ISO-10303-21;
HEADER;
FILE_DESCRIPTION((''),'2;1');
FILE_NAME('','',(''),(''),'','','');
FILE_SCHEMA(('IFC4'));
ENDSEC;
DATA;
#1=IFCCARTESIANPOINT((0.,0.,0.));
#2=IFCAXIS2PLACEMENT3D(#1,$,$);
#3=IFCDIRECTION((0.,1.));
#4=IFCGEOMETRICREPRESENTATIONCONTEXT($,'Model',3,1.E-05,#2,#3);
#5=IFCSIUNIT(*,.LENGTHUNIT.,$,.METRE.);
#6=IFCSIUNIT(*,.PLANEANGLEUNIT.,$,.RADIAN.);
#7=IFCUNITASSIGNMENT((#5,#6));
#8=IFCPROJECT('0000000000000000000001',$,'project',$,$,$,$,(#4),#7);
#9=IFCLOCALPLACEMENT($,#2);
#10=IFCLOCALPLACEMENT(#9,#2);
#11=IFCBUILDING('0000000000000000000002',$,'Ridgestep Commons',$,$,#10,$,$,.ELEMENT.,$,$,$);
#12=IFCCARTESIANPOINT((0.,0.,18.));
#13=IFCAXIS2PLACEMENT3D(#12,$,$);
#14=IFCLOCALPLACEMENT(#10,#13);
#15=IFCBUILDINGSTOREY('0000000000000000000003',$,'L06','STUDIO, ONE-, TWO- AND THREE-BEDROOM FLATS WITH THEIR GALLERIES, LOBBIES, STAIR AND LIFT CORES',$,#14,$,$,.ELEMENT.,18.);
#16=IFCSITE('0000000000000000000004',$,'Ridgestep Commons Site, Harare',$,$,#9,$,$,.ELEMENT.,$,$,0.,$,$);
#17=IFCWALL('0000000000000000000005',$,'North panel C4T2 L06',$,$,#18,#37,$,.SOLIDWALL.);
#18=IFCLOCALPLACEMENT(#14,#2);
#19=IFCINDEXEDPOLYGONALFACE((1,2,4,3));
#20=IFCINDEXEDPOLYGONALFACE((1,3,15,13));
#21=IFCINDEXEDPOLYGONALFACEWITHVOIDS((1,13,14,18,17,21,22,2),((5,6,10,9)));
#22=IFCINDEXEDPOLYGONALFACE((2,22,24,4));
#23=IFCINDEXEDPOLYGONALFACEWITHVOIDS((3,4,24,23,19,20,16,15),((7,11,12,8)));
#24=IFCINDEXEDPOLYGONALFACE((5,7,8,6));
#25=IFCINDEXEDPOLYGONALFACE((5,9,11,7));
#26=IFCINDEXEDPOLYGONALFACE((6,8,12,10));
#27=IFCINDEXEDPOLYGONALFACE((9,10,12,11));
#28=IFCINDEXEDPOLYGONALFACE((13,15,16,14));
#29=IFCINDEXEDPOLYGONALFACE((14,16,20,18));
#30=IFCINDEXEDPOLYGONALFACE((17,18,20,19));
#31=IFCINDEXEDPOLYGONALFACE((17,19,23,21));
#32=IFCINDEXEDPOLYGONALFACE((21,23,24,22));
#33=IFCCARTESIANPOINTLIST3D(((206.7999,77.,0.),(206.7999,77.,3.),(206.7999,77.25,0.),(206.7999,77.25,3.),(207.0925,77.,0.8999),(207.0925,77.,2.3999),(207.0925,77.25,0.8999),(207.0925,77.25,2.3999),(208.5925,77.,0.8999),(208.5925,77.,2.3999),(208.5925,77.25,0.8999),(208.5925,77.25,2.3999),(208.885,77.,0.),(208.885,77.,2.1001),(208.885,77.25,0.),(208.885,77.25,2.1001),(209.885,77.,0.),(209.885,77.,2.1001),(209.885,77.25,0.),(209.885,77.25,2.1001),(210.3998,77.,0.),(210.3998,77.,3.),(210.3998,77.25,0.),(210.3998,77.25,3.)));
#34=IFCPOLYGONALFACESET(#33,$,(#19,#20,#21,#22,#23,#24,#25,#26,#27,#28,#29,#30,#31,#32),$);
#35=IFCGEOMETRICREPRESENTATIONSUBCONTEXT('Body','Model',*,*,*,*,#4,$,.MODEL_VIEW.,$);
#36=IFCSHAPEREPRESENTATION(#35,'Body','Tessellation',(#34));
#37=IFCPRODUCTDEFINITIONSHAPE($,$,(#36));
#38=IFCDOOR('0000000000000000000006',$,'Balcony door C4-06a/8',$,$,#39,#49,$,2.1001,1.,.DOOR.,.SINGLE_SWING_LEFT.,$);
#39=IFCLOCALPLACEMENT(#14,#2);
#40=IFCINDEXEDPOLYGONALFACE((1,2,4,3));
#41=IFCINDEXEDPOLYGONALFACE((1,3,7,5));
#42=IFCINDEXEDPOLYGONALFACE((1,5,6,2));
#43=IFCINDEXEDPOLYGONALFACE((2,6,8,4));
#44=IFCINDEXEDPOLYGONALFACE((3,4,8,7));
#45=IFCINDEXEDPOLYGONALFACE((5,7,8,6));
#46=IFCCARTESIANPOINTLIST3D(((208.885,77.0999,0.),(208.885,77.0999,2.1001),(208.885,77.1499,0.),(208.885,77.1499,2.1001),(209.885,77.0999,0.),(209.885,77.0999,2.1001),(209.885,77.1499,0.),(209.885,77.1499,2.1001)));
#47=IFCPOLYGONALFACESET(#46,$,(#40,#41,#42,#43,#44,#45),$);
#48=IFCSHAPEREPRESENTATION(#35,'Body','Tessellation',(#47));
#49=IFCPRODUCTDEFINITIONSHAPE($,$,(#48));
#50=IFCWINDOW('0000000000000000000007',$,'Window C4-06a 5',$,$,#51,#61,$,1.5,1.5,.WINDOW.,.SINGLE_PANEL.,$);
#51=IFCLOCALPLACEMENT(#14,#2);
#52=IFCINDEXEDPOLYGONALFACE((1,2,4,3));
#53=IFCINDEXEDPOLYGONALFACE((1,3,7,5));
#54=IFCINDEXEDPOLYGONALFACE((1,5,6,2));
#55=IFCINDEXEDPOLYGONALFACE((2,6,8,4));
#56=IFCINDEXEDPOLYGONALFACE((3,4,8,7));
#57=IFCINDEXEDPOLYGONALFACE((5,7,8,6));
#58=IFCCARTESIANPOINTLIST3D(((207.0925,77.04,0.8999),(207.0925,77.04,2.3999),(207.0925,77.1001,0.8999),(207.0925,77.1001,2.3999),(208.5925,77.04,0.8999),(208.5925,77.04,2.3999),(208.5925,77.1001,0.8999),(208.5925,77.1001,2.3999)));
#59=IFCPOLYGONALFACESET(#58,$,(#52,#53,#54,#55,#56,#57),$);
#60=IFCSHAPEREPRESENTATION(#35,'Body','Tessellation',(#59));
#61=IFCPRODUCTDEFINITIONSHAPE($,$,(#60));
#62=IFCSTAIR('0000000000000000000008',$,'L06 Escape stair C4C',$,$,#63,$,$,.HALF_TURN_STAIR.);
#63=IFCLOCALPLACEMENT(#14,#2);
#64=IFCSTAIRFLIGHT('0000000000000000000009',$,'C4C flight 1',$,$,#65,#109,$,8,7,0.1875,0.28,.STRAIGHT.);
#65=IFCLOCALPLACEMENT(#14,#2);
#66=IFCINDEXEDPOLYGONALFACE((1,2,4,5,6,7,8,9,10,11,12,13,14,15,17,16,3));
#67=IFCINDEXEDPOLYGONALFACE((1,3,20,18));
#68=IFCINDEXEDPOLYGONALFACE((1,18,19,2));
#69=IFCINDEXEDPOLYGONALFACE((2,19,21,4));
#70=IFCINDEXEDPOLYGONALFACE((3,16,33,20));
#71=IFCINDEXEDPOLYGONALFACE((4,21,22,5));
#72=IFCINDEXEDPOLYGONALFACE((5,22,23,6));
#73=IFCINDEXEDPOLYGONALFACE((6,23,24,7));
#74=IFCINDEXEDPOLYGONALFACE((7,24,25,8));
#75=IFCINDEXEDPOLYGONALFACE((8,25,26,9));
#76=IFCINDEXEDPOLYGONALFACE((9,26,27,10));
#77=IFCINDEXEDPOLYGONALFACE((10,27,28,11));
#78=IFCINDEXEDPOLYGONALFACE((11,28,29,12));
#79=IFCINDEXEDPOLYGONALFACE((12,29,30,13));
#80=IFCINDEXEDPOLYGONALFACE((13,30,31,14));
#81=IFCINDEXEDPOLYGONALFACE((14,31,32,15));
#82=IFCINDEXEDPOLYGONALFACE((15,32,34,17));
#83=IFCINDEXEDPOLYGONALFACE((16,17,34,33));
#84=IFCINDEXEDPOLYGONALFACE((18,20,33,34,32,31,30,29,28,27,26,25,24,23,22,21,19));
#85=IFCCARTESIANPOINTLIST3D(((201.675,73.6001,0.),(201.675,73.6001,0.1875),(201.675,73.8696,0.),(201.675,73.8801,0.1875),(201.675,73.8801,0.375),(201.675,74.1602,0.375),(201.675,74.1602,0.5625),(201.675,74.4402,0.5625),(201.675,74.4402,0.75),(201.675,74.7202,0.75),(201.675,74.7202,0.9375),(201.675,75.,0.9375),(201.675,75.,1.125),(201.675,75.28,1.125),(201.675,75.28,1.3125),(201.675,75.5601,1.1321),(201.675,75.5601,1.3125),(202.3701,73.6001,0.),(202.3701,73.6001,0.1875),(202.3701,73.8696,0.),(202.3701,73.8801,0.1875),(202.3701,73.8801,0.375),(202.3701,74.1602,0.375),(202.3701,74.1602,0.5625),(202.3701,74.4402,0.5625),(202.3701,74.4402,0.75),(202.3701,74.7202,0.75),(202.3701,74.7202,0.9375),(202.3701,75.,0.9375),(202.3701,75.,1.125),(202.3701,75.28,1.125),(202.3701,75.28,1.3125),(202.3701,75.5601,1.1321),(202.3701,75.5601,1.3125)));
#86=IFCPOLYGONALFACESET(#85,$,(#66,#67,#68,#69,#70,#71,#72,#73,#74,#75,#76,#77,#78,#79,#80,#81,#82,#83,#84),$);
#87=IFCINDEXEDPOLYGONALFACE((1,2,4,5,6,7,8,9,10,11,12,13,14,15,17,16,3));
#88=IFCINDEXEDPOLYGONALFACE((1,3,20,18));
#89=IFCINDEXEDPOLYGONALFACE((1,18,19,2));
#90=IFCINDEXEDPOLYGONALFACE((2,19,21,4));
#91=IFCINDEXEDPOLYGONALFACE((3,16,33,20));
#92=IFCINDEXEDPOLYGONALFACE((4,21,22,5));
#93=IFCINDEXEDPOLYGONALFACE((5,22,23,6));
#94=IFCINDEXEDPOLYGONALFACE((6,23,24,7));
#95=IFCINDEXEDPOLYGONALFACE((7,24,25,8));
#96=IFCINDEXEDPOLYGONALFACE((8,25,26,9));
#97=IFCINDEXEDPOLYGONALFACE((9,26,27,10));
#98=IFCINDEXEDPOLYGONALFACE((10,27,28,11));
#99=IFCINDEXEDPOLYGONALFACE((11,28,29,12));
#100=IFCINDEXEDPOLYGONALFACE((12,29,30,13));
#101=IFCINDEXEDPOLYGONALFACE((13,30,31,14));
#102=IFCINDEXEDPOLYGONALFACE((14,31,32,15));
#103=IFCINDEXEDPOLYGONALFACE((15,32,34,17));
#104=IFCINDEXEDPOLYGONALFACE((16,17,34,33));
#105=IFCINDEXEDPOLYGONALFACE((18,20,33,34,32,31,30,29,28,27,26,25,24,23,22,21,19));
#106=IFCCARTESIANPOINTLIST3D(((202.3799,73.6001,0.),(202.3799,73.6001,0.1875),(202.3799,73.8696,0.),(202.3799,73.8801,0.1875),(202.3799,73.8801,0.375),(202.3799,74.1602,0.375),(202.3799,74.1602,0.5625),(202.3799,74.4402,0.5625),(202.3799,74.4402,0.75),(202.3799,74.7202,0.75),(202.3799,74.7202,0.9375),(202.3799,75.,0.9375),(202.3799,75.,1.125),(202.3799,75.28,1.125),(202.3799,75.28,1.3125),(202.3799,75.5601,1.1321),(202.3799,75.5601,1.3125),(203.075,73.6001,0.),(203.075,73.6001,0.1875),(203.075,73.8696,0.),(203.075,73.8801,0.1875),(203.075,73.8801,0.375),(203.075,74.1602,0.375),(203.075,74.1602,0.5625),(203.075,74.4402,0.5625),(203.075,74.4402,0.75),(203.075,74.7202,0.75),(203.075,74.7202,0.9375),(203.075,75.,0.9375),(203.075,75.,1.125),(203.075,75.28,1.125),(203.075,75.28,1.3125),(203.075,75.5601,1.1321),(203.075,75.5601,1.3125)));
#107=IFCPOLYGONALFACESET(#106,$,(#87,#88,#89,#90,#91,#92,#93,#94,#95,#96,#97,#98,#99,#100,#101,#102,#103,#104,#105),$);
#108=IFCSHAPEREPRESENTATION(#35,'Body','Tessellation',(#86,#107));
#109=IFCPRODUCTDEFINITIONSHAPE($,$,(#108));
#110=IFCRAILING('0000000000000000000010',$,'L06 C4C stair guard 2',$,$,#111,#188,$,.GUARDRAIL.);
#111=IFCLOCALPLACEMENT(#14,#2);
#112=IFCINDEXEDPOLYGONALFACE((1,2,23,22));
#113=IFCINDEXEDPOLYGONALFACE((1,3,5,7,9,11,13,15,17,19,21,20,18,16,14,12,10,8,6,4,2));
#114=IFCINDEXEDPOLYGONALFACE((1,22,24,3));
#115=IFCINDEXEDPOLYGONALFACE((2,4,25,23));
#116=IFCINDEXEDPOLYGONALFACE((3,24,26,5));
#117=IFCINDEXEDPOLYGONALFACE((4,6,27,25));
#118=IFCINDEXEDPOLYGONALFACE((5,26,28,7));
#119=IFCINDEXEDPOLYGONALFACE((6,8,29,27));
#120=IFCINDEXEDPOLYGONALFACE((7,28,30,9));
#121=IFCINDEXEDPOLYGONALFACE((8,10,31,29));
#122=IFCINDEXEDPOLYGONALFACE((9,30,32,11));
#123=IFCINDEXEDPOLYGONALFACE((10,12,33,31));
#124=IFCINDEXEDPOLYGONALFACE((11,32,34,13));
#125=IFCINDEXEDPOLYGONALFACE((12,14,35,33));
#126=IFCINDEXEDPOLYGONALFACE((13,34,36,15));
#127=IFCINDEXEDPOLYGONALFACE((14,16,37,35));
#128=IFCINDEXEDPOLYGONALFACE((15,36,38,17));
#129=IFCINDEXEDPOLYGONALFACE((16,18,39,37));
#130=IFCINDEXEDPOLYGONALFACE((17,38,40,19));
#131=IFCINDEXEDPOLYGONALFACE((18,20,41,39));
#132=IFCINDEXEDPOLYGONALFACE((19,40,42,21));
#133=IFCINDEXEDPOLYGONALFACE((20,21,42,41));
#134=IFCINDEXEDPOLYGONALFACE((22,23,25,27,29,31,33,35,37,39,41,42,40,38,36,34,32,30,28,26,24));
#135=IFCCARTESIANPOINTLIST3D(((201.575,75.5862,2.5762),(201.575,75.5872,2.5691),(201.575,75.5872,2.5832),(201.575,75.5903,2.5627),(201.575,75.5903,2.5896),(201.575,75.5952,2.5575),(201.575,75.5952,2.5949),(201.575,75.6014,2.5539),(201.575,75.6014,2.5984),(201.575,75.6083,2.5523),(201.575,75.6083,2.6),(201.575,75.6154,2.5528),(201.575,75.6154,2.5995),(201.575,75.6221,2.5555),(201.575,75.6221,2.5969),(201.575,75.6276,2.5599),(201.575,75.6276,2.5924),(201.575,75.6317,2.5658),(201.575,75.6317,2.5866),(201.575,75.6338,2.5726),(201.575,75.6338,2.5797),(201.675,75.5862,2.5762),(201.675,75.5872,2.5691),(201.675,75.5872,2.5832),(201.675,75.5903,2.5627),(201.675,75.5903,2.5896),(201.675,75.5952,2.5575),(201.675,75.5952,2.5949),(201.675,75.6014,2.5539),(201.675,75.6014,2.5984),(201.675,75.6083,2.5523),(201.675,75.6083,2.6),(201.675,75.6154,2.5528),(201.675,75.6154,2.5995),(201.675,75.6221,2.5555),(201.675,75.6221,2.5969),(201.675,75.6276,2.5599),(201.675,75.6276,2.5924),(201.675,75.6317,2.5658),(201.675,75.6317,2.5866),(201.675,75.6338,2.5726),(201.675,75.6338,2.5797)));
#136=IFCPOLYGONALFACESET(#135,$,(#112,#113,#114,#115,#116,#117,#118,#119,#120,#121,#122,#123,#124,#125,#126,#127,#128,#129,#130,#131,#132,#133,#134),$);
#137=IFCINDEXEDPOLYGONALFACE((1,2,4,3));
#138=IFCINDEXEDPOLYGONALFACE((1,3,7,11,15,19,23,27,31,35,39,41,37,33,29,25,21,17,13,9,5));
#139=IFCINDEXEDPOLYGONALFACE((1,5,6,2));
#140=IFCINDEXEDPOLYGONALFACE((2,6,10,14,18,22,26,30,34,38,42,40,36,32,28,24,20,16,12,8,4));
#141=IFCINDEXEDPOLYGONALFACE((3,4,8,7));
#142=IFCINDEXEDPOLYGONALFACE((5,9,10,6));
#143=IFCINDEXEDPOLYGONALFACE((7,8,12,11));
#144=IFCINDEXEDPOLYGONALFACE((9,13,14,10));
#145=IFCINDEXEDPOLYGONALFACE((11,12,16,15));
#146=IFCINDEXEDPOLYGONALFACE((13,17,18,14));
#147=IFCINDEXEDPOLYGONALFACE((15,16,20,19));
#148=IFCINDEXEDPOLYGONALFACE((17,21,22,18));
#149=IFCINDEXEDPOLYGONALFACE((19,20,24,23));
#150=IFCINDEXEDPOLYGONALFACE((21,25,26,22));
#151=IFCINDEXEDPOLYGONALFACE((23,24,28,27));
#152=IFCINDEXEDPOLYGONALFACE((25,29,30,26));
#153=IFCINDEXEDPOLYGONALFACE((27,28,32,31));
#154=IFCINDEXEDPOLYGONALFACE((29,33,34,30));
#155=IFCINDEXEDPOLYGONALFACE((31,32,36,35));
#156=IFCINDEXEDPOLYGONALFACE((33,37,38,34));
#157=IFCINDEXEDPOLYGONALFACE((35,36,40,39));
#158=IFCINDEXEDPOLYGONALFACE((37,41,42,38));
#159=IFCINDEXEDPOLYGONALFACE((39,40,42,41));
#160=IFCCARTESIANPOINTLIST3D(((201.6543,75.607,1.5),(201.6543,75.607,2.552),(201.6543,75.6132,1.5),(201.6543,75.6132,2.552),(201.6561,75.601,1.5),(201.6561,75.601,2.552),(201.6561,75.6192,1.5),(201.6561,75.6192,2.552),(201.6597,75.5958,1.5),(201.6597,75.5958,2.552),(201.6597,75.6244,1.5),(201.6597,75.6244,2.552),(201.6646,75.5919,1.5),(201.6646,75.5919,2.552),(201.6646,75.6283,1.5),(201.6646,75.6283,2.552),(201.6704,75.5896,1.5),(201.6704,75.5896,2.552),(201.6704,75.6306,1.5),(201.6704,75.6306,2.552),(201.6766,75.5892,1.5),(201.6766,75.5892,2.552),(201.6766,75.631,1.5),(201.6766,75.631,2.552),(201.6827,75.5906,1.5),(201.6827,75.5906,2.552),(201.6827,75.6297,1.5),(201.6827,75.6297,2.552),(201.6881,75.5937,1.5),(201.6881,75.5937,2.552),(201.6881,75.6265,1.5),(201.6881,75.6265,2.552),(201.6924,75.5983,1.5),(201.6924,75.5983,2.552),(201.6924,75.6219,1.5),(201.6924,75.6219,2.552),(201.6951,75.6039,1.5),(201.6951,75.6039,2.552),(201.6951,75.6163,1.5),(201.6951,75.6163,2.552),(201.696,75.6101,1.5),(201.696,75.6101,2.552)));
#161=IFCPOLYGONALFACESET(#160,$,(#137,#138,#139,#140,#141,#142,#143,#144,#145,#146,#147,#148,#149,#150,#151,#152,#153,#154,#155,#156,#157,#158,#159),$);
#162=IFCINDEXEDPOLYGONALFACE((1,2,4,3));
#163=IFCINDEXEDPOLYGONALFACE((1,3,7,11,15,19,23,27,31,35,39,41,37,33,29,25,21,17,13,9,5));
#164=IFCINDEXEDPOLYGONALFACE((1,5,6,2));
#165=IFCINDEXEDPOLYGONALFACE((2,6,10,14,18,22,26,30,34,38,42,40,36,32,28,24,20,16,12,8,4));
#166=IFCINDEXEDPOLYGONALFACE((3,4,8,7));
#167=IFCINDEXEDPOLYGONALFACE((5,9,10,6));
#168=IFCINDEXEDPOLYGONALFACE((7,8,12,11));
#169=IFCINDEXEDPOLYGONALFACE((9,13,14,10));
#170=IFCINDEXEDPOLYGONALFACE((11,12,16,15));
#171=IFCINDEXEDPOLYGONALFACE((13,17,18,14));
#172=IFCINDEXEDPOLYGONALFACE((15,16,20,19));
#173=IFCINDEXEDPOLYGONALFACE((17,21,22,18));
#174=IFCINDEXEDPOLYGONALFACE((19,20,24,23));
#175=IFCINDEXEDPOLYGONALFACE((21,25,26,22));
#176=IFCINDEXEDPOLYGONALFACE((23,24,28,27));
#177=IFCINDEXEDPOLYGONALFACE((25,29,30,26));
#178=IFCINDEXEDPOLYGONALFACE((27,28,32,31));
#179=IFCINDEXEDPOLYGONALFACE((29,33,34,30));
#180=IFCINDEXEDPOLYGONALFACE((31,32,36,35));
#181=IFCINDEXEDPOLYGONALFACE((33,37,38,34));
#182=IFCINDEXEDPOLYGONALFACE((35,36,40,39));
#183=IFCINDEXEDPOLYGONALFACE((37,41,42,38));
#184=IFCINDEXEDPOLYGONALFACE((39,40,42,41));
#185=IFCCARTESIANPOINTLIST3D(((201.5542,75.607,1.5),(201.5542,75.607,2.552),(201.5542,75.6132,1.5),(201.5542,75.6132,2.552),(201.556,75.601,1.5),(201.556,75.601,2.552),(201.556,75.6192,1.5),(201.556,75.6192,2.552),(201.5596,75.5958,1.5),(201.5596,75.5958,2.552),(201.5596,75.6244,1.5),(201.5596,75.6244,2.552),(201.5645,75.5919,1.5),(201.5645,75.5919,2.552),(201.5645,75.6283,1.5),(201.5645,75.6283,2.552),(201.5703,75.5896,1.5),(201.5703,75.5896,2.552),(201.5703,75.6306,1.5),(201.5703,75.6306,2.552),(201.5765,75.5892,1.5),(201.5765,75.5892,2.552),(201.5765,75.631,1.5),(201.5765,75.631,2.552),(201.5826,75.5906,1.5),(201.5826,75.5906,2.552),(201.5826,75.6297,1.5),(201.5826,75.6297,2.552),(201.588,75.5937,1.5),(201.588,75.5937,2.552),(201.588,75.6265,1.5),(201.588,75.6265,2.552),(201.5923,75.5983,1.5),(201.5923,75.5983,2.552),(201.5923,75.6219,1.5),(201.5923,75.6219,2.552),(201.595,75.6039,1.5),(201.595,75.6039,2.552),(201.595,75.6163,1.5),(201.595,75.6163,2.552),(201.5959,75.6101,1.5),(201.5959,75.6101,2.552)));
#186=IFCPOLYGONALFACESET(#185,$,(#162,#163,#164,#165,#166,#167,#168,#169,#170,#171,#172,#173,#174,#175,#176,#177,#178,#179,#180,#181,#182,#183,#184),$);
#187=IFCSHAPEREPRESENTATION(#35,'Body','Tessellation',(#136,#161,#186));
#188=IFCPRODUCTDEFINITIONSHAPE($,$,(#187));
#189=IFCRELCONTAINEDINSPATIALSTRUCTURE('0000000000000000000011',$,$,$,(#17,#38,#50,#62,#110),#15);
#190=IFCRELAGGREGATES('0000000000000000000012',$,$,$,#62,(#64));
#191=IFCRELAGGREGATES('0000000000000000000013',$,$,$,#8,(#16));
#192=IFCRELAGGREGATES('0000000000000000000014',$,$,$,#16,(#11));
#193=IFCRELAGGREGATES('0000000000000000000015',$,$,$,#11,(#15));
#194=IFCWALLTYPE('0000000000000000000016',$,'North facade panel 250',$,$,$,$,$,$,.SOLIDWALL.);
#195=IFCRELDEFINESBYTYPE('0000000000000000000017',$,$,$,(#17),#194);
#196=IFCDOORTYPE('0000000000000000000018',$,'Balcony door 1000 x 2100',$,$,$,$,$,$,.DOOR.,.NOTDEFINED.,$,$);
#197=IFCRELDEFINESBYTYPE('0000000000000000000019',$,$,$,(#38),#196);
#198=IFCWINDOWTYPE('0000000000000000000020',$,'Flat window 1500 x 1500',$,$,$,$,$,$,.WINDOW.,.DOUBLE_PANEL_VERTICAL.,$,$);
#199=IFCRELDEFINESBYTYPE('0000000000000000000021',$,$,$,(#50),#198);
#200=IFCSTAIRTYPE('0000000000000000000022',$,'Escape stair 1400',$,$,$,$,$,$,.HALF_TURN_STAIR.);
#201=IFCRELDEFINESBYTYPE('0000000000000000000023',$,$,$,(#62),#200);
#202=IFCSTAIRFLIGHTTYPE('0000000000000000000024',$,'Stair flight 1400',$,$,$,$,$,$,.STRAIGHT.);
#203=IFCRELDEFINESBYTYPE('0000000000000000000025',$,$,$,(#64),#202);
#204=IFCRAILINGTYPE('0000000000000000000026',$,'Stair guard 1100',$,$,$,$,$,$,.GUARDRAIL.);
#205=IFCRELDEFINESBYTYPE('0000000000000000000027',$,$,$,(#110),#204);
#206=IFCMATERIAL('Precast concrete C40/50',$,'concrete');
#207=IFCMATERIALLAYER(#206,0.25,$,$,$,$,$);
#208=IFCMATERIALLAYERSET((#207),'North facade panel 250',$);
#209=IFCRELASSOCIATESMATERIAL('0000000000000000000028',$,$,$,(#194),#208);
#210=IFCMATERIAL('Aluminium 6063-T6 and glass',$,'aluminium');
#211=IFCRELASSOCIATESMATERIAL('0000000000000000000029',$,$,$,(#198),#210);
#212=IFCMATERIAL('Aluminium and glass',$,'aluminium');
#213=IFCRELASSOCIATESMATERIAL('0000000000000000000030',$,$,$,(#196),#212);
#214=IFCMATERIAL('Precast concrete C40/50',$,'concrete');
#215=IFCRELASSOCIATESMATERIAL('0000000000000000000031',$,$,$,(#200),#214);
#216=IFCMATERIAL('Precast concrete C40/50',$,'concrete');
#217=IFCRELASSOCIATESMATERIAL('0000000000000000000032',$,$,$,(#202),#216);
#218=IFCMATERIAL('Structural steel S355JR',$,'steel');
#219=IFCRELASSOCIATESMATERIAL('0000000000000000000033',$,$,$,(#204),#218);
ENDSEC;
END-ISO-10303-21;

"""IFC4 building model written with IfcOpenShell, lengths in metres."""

from ifc_helpers import new_model, si_unit, direction, frame, frame_2d, origin, origin_2d, place, context, subcontext, project, spatial, polyline, rectangle, circle, outline, extrude, material, layer, layer_set, type_object, element, fill, aggregate, save


model = new_model("IFC4")

# Units and contexts
model_context = context("Model", 3, precision=1e-05, world=origin(), true_north=direction((0.0, 1.0)))
body_context = subcontext(model_context, "Body", "Model", "MODEL_VIEW")
ifc_project = project(units=[si_unit("LENGTHUNIT", "METRE"), si_unit("PLANEANGLEUNIT", "RADIAN")], contexts=[model_context])

# Site, building, storey
site_placement = place(None, origin())
site = spatial("IfcSite", under=ifc_project, at=site_placement, Name="Ridgestep Commons Site, Harare", CompositionType="ELEMENT", RefElevation=0.0)
building_placement = place(site_placement, origin())
building = spatial("IfcBuilding", under=site, at=building_placement, Name="Ridgestep Commons", CompositionType="ELEMENT")
storey_placement = place(building_placement, frame((0.0, 0.0, 18.0)))
storey = spatial("IfcBuildingStorey", under=building, at=storey_placement, Name="L06", Description="STUDIO, ONE-, TWO- AND THREE-BEDROOM FLATS WITH THEIR GALLERIES, LOBBIES, STAIR AND LIFT CORES", CompositionType="ELEMENT", Elevation=18.0)

# Shared definitions
ifc_material_1 = material(Name="Precast concrete C40/50", Category="concrete")
ifc_layer_1 = layer(ifc_material_1, 0.25)
ifc_layer_set_1 = layer_set([ifc_layer_1], Name="North facade panel 250")
wall_type = type_object("IfcWallType", Name="North facade panel 250", PredefinedType="SOLIDWALL", material=ifc_layer_set_1)
ifc_material_2 = material(Name="Aluminium 6063-T6 and glass", Category="aluminium")
window_type = type_object("IfcWindowType", Name="Flat window 1500 x 1500", PartitioningType="DOUBLE_PANEL_VERTICAL", PredefinedType="WINDOW", material=ifc_material_2)

# Wall, openings, door, window
wall_1_placement = place(storey_placement, frame((206.8, 77.125, 0.0), z_axis=(0.0, 0.0, 1.0), x_axis=(1.0, 0.0, 0.0)))
wall_1 = element("IfcWall", 1, at=wall_1_placement, inside=storey, type_object=wall_type, Name="North panel C4T2 L06", PredefinedType="SOLIDWALL", context=body_context, shape_type="SweptSolid", body=[
    extrude(rectangle(XDim=3.5999, YDim=0.25, at=frame_2d((1.7998, 0.0))), origin(), (0.0, 0.0, 1.0), 3.0),
])
opening_1_placement = place(wall_1_placement, frame((0.2925, 0.0, 0.8999)))
opening_1 = element("IfcOpeningElement", 2, at=opening_1_placement, cuts=wall_1, PredefinedType="OPENING", context=body_context, shape_type="SweptSolid", body=[
    extrude(rectangle(XDim=1.5, YDim=1.5, at=frame_2d((0.75, 0.75))), frame((0.0, 0.135, 0.0), z_axis=(0.0, -1.0, 0.0), x_axis=(1.0, 0.0, 0.0)), (0.0, 0.0, 1.0), 0.27),
])
opening_2_placement = place(wall_1_placement, frame((2.085, 0.0, 0.0)))
opening_2 = element("IfcOpeningElement", 3, at=opening_2_placement, cuts=wall_1, PredefinedType="OPENING", context=body_context, shape_type="SweptSolid", body=[
    extrude(rectangle(XDim=1.0, YDim=2.1001, at=frame_2d((0.5, 1.05))), frame((0.0, 0.135, 0.0), z_axis=(0.0, -1.0, 0.0), x_axis=(1.0, 0.0, 0.0)), (0.0, 0.0, 1.0), 0.27),
])
ifc_material_3 = material(Name="Aluminium and glass", Category="aluminium")
door_type = type_object("IfcDoorType", Name="Balcony door 1000 x 2100", OperationType="NOTDEFINED", PredefinedType="DOOR", material=ifc_material_3)
door_placement = place(opening_2_placement, origin())
door = element("IfcDoor", 4, at=door_placement, inside=storey, type_object=door_type, Name="Balcony door C4-06a/8", OperationType="SINGLE_SWING_LEFT", OverallHeight=2.1001, OverallWidth=1.0, PredefinedType="DOOR", context=body_context, shape_type="SweptSolid", body=[
    extrude(rectangle(XDim=1.0, YDim=2.1001, at=frame_2d((0.5, 1.05))), frame((0.0, 0.0249, 0.0), z_axis=(0.0, -1.0, 0.0), x_axis=(1.0, 0.0, 0.0)), (0.0, 0.0, 1.0), 0.05),
])
fill(opening_2, door)
window_1_placement = place(opening_1_placement, origin())
window_1 = element("IfcWindow", 5, at=window_1_placement, inside=storey, type_object=window_type, Name="Window C4-06a 5", OverallHeight=1.5, OverallWidth=1.5, PartitioningType="SINGLE_PANEL", PredefinedType="WINDOW", context=body_context, shape_type="SweptSolid", body=[
    extrude(rectangle(XDim=1.5, YDim=1.5, at=frame_2d((0.75, 0.75))), frame((0.0, -0.0249, 0.0), z_axis=(0.0, -1.0, 0.0), x_axis=(1.0, 0.0, 0.0)), (0.0, 0.0, 1.0), 0.0601),
])
fill(opening_1, window_1)

# Stair, stair flight
ifc_material_4 = material(Name="Precast concrete C40/50", Category="concrete")
stair_type = type_object("IfcStairType", Name="Escape stair 1400", PredefinedType="HALF_TURN_STAIR", material=ifc_material_4)
stair_placement = place(storey_placement, origin())
stair = element("IfcStair", 6, at=stair_placement, inside=storey, type_object=stair_type, Name="L06 Escape stair C4C", PredefinedType="HALF_TURN_STAIR")
ifc_material_5 = material(Name="Precast concrete C40/50", Category="concrete")
stair_flight_type = type_object("IfcStairFlightType", Name="Stair flight 1400", PredefinedType="STRAIGHT", material=ifc_material_5)
stair_flight_placement = place(storey_placement, frame((202.375, 73.6001, 0.0), z_axis=(0.0, 0.0, 1.0), x_axis=(0.0, 1.0, 0.0)))
stair_flight = element("IfcStairFlight", 7, at=stair_flight_placement, type_object=stair_flight_type, Name="C4C flight 1", NumberOfRisers=8, NumberOfTreads=7, PredefinedType="STRAIGHT", RiserHeight=0.1875, TreadLength=0.28, context=body_context, shape_type="SweptSolid", body=[
    extrude(outline(polyline([(0.0, 0.0), (0.0, 0.1875), (0.28, 0.1875), (0.28, 0.375), (0.5601, 0.375), (0.5601, 0.5625), (0.8401, 0.5625), (0.8401, 0.75), (1.1201, 0.75), (1.1201, 0.9375), (1.3999, 0.9375), (1.3999, 1.125), (1.6799, 1.125), (1.6799, 1.3125), (1.96, 1.3125), (1.96, 1.5), (1.96, 1.1321), (0.2695, 0.0), (0.0, 0.0)])), frame((0.0, 0.7, 0.0), z_axis=(0.0, -1.0, 0.0), x_axis=(1.0, 0.0, 0.0)), (0.0, 0.0, 1.0), 0.6951),
    extrude(outline(polyline([(0.0, 0.0), (0.0, 0.1875), (0.28, 0.1875), (0.28, 0.375), (0.5601, 0.375), (0.5601, 0.5625), (0.8401, 0.5625), (0.8401, 0.75), (1.1201, 0.75), (1.1201, 0.9375), (1.3999, 0.9375), (1.3999, 1.125), (1.6799, 1.125), (1.6799, 1.3125), (1.96, 1.3125), (1.96, 1.5), (1.96, 1.1321), (0.2695, 0.0), (0.0, 0.0)])), frame((0.0, -0.0049, 0.0), z_axis=(0.0, -1.0, 0.0), x_axis=(1.0, 0.0, 0.0)), (0.0, 0.0, 1.0), 0.6951),
])
aggregate(stair, [stair_flight])

# Railing
ifc_material_6 = material(Name="Structural steel S355JR", Category="steel")
railing_type_1 = type_object("IfcRailingType", Name="Stair guard 1100", PredefinedType="GUARDRAIL", material=ifc_material_6)
railing_1_placement = place(storey_placement, frame((201.675, 75.6101, 1.5)))
element("IfcRailing", 8, at=railing_1_placement, inside=storey, type_object=railing_type_1, Name="L06 C4C stair guard 2", PredefinedType="GUARDRAIL", context=body_context, shape_type="SweptSolid", body=[
    extrude(circle(Radius=0.0239, at=origin_2d()), frame((0.0, 0.0, 1.0762), z_axis=(-1.0, 0.0, 0.0), x_axis=(0.0, -1.0, 0.0)), (0.0, 0.0, 1.0), 0.1001),
    extrude(circle(Radius=0.021, at=origin_2d()), origin(), (0.0, 0.0, 1.0), 1.052),
    extrude(circle(Radius=0.021, at=origin_2d()), frame((-0.1001, 0.0, 0.0)), (0.0, 0.0, 1.0), 1.052),
])

save(model, "model.ifc")
